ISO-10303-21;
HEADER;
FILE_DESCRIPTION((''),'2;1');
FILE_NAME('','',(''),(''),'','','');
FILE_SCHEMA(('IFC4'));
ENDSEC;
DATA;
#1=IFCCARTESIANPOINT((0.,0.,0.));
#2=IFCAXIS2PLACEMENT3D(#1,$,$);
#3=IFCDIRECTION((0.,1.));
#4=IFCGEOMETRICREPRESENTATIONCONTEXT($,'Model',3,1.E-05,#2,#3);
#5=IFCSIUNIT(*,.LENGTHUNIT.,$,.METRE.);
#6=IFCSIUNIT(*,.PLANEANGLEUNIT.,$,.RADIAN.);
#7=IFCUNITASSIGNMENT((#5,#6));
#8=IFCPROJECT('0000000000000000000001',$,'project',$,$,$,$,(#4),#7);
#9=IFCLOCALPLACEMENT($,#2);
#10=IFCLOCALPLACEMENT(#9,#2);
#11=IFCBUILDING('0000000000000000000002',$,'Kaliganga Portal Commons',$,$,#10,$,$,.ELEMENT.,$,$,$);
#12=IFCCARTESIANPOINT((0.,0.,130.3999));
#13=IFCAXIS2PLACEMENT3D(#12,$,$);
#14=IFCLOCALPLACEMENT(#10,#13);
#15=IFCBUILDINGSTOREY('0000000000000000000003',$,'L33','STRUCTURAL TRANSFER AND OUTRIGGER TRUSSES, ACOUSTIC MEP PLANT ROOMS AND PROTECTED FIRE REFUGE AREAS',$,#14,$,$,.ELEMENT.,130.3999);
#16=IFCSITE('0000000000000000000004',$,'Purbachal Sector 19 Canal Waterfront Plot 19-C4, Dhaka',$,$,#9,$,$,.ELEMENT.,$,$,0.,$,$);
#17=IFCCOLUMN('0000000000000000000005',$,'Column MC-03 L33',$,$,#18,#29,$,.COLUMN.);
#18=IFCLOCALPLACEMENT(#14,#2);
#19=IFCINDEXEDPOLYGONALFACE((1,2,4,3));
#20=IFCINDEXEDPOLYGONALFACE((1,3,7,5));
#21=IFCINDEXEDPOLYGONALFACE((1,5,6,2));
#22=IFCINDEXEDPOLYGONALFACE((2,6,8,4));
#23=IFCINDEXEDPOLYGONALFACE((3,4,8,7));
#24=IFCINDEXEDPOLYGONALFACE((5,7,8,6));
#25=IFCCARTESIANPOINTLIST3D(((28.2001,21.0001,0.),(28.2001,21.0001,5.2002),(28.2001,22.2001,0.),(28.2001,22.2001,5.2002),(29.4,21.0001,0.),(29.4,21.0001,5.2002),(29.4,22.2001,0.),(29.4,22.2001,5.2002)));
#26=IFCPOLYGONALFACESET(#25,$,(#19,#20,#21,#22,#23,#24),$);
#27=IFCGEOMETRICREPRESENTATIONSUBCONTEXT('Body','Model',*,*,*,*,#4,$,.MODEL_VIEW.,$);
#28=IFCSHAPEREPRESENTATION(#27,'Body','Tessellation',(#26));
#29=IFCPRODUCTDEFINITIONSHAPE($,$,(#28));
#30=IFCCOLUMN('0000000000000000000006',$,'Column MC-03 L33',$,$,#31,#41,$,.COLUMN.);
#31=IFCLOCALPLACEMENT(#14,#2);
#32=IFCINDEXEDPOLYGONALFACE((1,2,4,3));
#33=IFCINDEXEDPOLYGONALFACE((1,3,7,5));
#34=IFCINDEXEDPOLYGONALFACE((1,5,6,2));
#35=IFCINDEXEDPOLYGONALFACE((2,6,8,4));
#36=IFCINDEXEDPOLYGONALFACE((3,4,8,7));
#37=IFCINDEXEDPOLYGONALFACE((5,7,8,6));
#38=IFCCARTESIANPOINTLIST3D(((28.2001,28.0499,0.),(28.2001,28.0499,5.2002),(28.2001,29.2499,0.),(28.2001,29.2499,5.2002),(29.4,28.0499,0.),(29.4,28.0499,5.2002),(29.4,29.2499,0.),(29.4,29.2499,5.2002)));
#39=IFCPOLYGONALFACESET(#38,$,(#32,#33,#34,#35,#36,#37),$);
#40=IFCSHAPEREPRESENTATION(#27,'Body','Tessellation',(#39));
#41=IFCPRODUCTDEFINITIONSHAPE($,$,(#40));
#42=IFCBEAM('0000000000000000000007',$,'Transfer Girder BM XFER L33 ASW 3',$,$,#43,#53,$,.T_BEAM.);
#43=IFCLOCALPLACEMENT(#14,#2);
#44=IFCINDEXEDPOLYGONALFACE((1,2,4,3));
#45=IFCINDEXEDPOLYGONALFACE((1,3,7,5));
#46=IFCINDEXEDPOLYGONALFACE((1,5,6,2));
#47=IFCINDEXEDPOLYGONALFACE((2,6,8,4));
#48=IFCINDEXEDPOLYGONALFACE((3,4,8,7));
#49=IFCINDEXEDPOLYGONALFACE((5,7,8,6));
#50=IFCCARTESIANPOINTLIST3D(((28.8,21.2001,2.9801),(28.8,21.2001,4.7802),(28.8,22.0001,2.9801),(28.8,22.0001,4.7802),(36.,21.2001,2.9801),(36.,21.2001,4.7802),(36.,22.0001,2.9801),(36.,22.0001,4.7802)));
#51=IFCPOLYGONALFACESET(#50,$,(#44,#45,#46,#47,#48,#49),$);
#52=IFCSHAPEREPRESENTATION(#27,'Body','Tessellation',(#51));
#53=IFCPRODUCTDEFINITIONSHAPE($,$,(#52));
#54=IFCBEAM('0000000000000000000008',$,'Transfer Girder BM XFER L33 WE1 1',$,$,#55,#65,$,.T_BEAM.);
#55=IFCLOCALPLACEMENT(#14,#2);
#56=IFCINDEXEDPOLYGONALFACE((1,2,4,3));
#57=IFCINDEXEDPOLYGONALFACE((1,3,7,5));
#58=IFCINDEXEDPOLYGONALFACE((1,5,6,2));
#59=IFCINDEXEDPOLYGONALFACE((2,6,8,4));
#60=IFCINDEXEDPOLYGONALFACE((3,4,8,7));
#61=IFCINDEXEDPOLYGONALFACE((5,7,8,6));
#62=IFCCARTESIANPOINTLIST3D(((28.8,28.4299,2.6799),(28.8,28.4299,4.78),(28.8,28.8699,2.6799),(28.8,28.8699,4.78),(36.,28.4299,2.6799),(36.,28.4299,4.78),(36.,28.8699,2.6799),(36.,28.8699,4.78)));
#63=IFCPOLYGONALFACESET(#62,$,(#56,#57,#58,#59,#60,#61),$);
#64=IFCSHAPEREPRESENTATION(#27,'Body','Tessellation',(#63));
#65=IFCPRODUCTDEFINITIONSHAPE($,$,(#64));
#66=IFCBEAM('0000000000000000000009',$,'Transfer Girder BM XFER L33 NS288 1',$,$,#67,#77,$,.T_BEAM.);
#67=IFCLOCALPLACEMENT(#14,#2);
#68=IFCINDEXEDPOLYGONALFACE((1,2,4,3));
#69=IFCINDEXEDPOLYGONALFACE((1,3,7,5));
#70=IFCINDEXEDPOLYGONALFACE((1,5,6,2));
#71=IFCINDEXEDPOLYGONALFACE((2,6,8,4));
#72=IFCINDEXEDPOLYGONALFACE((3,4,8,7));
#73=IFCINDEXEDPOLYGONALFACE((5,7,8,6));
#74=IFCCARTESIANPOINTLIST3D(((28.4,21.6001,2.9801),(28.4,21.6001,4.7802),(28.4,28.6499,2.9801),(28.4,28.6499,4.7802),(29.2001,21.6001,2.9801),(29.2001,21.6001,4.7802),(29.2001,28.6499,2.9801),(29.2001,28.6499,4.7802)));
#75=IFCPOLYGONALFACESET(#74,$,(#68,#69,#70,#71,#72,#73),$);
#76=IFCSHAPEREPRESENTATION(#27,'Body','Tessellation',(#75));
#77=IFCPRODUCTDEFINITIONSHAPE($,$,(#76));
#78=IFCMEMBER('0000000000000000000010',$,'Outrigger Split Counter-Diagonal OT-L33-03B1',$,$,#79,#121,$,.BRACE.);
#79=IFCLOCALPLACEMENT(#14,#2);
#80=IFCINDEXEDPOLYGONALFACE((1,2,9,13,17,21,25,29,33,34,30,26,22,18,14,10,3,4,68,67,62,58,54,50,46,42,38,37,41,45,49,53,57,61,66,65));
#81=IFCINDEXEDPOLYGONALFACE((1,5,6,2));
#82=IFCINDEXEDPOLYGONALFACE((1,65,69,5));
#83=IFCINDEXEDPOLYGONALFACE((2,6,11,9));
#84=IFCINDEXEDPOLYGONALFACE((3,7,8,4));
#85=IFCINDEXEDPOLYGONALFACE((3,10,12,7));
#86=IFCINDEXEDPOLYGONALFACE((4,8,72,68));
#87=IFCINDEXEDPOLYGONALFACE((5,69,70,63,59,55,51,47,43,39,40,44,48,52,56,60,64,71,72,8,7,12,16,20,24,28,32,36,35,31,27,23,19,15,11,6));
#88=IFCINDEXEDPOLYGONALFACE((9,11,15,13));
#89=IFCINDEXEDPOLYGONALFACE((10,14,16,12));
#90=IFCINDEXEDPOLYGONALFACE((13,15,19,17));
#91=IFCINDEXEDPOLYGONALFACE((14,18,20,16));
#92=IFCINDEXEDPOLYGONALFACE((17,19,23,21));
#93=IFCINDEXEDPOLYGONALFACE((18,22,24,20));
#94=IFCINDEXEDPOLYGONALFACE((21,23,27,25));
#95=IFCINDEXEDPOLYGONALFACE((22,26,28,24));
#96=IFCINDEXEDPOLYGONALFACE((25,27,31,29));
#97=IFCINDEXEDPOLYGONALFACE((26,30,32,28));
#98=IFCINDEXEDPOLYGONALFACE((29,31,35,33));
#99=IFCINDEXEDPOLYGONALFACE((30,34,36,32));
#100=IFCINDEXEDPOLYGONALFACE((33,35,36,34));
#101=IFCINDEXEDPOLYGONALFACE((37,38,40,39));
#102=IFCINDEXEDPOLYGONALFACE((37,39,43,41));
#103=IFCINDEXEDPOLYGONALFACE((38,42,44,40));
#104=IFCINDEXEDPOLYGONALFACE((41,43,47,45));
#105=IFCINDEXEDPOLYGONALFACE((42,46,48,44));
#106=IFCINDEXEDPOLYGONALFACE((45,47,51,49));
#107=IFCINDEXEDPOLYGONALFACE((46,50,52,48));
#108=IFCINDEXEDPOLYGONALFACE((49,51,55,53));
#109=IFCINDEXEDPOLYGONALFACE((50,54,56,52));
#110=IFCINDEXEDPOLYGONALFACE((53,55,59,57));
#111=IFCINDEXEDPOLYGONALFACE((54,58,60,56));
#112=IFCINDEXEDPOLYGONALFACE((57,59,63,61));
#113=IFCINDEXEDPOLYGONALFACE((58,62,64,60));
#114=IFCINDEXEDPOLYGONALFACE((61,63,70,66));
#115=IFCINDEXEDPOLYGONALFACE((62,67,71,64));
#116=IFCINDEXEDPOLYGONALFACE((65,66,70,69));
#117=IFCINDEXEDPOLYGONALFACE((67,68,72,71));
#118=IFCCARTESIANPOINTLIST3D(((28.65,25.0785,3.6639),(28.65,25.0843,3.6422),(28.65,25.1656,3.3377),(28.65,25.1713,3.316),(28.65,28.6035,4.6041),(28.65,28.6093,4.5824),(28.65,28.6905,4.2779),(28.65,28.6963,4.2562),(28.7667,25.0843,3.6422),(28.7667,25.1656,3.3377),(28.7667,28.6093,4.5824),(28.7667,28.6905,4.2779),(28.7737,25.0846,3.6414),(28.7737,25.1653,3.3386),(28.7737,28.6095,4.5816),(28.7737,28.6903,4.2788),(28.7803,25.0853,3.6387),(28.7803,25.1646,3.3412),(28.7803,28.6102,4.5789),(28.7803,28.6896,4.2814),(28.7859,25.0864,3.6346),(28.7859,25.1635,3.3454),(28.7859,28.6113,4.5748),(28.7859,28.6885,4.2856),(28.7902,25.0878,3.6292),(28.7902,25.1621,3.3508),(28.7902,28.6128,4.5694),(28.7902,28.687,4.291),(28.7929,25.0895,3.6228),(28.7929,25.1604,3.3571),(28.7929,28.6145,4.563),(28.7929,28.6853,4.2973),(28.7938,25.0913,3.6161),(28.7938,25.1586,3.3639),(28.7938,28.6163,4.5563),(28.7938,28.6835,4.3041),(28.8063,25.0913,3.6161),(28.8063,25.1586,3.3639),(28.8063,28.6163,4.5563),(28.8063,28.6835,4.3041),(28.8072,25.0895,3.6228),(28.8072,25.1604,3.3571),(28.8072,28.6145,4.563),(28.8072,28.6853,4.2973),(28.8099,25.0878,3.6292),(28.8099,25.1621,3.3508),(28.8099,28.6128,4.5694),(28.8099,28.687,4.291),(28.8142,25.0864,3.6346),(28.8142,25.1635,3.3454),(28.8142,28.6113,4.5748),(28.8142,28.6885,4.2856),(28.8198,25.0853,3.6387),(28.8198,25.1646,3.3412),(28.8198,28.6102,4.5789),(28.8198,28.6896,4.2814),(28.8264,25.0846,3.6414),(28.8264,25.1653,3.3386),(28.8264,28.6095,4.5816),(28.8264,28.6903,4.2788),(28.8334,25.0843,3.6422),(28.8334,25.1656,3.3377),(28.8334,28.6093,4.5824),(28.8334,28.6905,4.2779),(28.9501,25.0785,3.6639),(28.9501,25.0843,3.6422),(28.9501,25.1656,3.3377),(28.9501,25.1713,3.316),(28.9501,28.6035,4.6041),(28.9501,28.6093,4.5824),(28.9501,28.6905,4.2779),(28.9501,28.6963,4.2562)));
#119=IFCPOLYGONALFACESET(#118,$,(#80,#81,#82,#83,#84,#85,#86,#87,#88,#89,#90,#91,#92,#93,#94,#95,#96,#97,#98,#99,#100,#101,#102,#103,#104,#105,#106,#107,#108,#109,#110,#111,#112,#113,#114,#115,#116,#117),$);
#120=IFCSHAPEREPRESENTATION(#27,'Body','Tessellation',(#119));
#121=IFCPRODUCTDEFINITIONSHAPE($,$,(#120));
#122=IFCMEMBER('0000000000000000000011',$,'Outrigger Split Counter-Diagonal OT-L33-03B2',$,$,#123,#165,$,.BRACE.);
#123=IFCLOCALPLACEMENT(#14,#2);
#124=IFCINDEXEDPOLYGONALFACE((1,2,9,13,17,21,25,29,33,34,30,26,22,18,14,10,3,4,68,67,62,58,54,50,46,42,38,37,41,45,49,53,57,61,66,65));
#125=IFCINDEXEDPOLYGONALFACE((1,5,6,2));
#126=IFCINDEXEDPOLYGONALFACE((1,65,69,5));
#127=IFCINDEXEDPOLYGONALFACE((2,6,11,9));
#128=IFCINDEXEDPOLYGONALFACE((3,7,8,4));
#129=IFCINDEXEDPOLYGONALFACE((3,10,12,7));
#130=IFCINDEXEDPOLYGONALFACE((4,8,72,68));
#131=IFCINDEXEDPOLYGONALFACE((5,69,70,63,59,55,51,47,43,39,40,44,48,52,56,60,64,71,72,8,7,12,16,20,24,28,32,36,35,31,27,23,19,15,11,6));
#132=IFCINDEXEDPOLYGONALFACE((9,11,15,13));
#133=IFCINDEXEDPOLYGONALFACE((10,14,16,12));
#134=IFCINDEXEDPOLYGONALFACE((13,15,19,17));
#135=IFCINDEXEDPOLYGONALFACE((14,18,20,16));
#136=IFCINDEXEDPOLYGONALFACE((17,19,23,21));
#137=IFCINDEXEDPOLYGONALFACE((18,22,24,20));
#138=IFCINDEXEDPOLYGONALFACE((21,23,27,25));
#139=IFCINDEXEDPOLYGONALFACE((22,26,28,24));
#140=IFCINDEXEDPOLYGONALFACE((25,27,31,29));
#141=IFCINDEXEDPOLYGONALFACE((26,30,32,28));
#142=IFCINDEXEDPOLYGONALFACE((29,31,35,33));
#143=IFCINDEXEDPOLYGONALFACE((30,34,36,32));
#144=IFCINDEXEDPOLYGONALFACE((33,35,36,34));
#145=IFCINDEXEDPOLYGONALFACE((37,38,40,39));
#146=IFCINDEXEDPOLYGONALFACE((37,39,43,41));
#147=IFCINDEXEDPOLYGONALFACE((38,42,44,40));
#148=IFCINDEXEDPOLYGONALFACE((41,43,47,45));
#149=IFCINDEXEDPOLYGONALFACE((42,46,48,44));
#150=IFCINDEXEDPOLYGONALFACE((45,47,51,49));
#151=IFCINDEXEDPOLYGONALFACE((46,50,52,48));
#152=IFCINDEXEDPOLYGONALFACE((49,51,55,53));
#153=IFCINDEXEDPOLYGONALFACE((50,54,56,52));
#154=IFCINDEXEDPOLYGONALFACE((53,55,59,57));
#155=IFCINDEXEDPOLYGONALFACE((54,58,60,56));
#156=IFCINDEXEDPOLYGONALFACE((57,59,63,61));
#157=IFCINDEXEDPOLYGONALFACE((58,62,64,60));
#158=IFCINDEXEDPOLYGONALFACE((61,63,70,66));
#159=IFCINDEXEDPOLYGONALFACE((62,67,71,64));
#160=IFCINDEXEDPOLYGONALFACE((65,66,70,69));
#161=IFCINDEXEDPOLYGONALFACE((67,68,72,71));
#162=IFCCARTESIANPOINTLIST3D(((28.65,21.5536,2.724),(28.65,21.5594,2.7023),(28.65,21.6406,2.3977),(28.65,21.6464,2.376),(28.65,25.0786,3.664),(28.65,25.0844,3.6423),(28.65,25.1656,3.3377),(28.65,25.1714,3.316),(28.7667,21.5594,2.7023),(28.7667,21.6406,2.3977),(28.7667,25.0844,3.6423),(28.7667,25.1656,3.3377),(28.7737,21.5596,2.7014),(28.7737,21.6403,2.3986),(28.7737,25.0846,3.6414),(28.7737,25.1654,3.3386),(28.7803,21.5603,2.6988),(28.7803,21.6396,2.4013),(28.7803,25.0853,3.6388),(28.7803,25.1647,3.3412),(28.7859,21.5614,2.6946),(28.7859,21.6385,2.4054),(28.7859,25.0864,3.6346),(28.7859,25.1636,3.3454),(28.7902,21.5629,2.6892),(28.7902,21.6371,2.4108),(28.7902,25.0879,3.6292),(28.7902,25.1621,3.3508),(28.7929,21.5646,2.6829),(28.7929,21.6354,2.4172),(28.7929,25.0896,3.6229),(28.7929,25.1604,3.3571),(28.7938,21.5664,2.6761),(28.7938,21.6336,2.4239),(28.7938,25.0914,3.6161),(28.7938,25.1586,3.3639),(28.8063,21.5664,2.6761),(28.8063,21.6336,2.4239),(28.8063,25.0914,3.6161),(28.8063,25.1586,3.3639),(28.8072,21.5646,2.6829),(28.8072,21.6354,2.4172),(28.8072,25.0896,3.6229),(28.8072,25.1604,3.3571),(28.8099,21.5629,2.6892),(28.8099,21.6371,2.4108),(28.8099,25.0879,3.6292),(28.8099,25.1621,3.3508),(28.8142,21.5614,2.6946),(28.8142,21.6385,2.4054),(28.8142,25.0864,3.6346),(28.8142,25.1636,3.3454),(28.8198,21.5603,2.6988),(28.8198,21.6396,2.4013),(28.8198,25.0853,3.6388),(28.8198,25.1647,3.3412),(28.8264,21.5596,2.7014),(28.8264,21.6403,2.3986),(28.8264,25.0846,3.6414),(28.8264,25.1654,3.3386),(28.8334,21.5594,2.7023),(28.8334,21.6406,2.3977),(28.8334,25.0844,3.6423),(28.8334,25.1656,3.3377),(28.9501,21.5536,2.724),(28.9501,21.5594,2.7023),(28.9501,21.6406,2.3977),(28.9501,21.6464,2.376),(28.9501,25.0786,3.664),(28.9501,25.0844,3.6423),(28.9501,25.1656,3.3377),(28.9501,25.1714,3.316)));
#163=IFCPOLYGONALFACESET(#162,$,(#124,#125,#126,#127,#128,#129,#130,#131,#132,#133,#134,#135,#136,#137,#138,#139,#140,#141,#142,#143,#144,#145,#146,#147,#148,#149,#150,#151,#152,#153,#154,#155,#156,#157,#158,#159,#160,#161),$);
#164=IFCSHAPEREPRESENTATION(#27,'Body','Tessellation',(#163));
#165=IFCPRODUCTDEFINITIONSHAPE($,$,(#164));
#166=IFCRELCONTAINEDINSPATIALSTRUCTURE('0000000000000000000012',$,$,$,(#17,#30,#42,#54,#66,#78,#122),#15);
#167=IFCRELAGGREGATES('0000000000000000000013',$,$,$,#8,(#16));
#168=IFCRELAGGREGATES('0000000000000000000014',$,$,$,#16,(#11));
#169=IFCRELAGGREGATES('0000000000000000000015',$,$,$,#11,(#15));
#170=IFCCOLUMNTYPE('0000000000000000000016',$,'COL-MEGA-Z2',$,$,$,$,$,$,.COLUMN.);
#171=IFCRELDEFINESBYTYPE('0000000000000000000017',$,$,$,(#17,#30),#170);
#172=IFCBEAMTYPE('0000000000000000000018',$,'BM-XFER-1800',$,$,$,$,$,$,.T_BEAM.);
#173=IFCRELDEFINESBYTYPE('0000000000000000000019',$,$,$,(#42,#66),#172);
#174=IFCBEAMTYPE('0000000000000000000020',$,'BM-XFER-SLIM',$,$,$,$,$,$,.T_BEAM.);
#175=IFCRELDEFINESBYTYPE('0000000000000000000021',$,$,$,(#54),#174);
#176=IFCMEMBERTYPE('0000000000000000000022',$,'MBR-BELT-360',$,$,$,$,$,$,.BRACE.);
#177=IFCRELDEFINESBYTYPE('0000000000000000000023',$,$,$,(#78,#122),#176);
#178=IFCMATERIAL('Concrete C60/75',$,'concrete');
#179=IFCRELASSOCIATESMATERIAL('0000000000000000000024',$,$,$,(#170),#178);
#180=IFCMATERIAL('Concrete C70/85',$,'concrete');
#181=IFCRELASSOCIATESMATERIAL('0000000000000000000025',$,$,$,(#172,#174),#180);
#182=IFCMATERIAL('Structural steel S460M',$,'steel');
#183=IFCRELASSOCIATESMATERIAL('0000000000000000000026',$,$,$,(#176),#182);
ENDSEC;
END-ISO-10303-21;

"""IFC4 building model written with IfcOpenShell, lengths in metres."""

from ifc_helpers import new_model, si_unit, direction, frame, origin, origin_2d, place, context, subcontext, project, spatial, rectangle, i_section, extrude, source, transform, mapped, material, material_profile, profile_set, type_object, element, save


model = new_model("IFC4")

# Units and contexts
model_context = context("Model", 3, precision=1e-05, world=origin(), true_north=direction((0.0, 1.0)))
body_context = subcontext(model_context, "Body", "Model", "MODEL_VIEW")
ifc_project = project(units=[si_unit("LENGTHUNIT", "METRE"), si_unit("PLANEANGLEUNIT", "RADIAN")], contexts=[model_context])

# Site, building, storey
site_placement = place(None, origin())
site = spatial("IfcSite", under=ifc_project, at=site_placement, Name="Purbachal Sector 19 Canal Waterfront Plot 19-C4, Dhaka", CompositionType="ELEMENT", RefElevation=0.0)
building_placement = place(site_placement, origin())
building = spatial("IfcBuilding", under=site, at=building_placement, Name="Kaliganga Portal Commons", CompositionType="ELEMENT")
storey_placement = place(building_placement, frame((0.0, 0.0, 130.3999)))
storey = spatial("IfcBuildingStorey", under=building, at=storey_placement, Name="L33", Description="STRUCTURAL TRANSFER AND OUTRIGGER TRUSSES, ACOUSTIC MEP PLANT ROOMS AND PROTECTED FIRE REFUGE AREAS", CompositionType="ELEMENT", Elevation=130.3999)

# Columns
ifc_material_1 = material(Name="Concrete C60/75", Category="concrete")
ifc_material_profile_1 = material_profile(ifc_material_1, rectangle(XDim=1.2, YDim=1.2, at=origin_2d()), Name="RC 1200x1200")
ifc_profile_set_1 = profile_set([ifc_material_profile_1], Name="Concrete C60/75")
column_type = type_object("IfcColumnType", Name="COL-MEGA-Z2", PredefinedType="COLUMN", material=ifc_profile_set_1)
shared_shape_1 = source(origin(), body_context, "Body", "SweptSolid", [
    extrude(rectangle(XDim=1.2, YDim=1.2, at=origin_2d()), origin(), (0.0, 0.0, 1.0), 5.2002),
])
for number, where, z_axis, x_axis, name in (
    (1, (28.8, 21.6001, 0.0), (0.0, 0.0, 1.0), (1.0, 0.0, 0.0), "Column MC-03 L33"),
    (2, (28.8, 28.6499, 0.0), (0.0, 0.0, 1.0), (1.0, 0.0, 0.0), "Column MC-03 L33"),
):
    element("IfcColumn", number, at=place(storey_placement, frame(where, z_axis=z_axis, x_axis=x_axis)), inside=storey, type_object=column_type, Name=name, PredefinedType="COLUMN", context=body_context, shape_type="MappedRepresentation", body=[
        mapped(shared_shape_1, transform((0.0, 0.0, 0.0), x_axis=(1.0, 0.0, 0.0), y_axis=(0.0, 1.0, 0.0), z_axis=(0.0, 0.0, 1.0), scale=1.0)),
    ])

# Beams
ifc_material_2 = material(Name="Concrete C70/85", Category="concrete")
ifc_material_profile_2 = material_profile(ifc_material_2, rectangle(XDim=0.8, YDim=1.8, at=origin_2d()), Name="RC 800x1800")
ifc_profile_set_2 = profile_set([ifc_material_profile_2], Name="Concrete C70/85")
beam_type_1 = type_object("IfcBeamType", Name="BM-XFER-1800", PredefinedType="T_BEAM", material=ifc_profile_set_2)
shared_shape_2 = source(origin(), body_context, "Body", "SweptSolid", [
    extrude(rectangle(XDim=0.8, YDim=1.8, at=origin_2d()), origin(), (0.0, 0.0, 1.0), 7.2),
])
beam_1_placement = place(storey_placement, frame((28.8, 21.6001, 3.8801), z_axis=(1.0, 0.0, 0.0), x_axis=(0.0, 1.0, 0.0)))
element("IfcBeam", 3, at=beam_1_placement, inside=storey, type_object=beam_type_1, Name="Transfer Girder BM XFER L33 ASW 3", PredefinedType="T_BEAM", context=body_context, shape_type="MappedRepresentation", body=[
    mapped(shared_shape_2, transform((0.0, 0.0, 0.0), x_axis=(1.0, 0.0, 0.0), y_axis=(0.0, 1.0, 0.0), z_axis=(0.0, 0.0, 1.0), scale=1.0)),
])
ifc_material_profile_3 = material_profile(ifc_material_2, rectangle(XDim=0.4399, YDim=2.1001, at=origin_2d()), Name="RC 440x2100")
ifc_profile_set_3 = profile_set([ifc_material_profile_3], Name="Concrete C70/85")
beam_type_2 = type_object("IfcBeamType", Name="BM-XFER-SLIM", PredefinedType="T_BEAM", material=ifc_profile_set_3)
shared_shape_3 = source(origin(), body_context, "Body", "SweptSolid", [
    extrude(rectangle(XDim=0.4399, YDim=2.1001, at=origin_2d()), origin(), (0.0, 0.0, 1.0), 7.2),
])
beam_2_placement = place(storey_placement, frame((28.8, 28.6499, 3.73), z_axis=(1.0, 0.0, 0.0), x_axis=(0.0, 1.0, 0.0)))
element("IfcBeam", 4, at=beam_2_placement, inside=storey, type_object=beam_type_2, Name="Transfer Girder BM XFER L33 WE1 1", PredefinedType="T_BEAM", context=body_context, shape_type="MappedRepresentation", body=[
    mapped(shared_shape_3, transform((0.0, 0.0, 0.0), x_axis=(1.0, 0.0, 0.0), y_axis=(0.0, 1.0, 0.0), z_axis=(0.0, 0.0, 1.0), scale=1.0)),
])
shared_shape_4 = source(origin(), body_context, "Body", "SweptSolid", [
    extrude(rectangle(XDim=0.8, YDim=1.8, at=origin_2d()), origin(), (0.0, 0.0, 1.0), 7.0498),
])
beam_3_placement = place(storey_placement, frame((28.8, 21.6001, 3.8801), z_axis=(0.0, 1.0, 0.0), x_axis=(-1.0, 0.0, 0.0)))
element("IfcBeam", 5, at=beam_3_placement, inside=storey, type_object=beam_type_1, Name="Transfer Girder BM XFER L33 NS288 1", PredefinedType="T_BEAM", context=body_context, shape_type="MappedRepresentation", body=[
    mapped(shared_shape_4, transform((0.0, 0.0, 0.0), x_axis=(1.0, 0.0, 0.0), y_axis=(0.0, 1.0, 0.0), z_axis=(0.0, 0.0, 1.0), scale=1.0)),
])

# Members
ifc_material_3 = material(Name="Structural steel S460M", Category="steel")
ifc_material_profile_4 = material_profile(ifc_material_3, i_section(OverallWidth=0.3, OverallDepth=0.3601, WebThickness=0.0125, FlangeThickness=0.0225, FilletRadius=0.0271, at=origin_2d()), Name="HE 360 B")
ifc_profile_set_4 = profile_set([ifc_material_profile_4], Name="Structural steel S460M wide-flange")
member_type_1 = type_object("IfcMemberType", Name="MBR-BELT-360", PredefinedType="BRACE", material=ifc_profile_set_4)
shared_shape_5 = source(origin(), body_context, "Body", "SweptSolid", [
    extrude(i_section(OverallWidth=0.3, OverallDepth=0.3601, WebThickness=0.0125, FlangeThickness=0.0225, FilletRadius=0.0271, at=origin_2d()), origin(), (0.0, 0.0, 1.0), 3.6482),
])
for number, where, z_axis, x_axis, name in (
    (6, (28.8, 28.6499, 4.4302), (0.0, -0.96622, -0.257717), (1.0, 0.0, 0.0), "Outrigger Split Counter-Diagonal OT-L33-03B1"),
    (7, (28.8, 25.125, 3.49), (0.0, -0.966237, -0.257654), (1.0, 0.0, 0.0), "Outrigger Split Counter-Diagonal OT-L33-03B2"),
):
    element("IfcMember", number, at=place(storey_placement, frame(where, z_axis=z_axis, x_axis=x_axis)), inside=storey, type_object=member_type_1, Name=name, PredefinedType="BRACE", context=body_context, shape_type="MappedRepresentation", body=[
        mapped(shared_shape_5, transform((0.0, 0.0, 0.0), x_axis=(1.0, 0.0, 0.0), y_axis=(0.0, 1.0, 0.0), z_axis=(0.0, 0.0, 1.0), scale=1.0)),
    ])

save(model, "model.ifc")
